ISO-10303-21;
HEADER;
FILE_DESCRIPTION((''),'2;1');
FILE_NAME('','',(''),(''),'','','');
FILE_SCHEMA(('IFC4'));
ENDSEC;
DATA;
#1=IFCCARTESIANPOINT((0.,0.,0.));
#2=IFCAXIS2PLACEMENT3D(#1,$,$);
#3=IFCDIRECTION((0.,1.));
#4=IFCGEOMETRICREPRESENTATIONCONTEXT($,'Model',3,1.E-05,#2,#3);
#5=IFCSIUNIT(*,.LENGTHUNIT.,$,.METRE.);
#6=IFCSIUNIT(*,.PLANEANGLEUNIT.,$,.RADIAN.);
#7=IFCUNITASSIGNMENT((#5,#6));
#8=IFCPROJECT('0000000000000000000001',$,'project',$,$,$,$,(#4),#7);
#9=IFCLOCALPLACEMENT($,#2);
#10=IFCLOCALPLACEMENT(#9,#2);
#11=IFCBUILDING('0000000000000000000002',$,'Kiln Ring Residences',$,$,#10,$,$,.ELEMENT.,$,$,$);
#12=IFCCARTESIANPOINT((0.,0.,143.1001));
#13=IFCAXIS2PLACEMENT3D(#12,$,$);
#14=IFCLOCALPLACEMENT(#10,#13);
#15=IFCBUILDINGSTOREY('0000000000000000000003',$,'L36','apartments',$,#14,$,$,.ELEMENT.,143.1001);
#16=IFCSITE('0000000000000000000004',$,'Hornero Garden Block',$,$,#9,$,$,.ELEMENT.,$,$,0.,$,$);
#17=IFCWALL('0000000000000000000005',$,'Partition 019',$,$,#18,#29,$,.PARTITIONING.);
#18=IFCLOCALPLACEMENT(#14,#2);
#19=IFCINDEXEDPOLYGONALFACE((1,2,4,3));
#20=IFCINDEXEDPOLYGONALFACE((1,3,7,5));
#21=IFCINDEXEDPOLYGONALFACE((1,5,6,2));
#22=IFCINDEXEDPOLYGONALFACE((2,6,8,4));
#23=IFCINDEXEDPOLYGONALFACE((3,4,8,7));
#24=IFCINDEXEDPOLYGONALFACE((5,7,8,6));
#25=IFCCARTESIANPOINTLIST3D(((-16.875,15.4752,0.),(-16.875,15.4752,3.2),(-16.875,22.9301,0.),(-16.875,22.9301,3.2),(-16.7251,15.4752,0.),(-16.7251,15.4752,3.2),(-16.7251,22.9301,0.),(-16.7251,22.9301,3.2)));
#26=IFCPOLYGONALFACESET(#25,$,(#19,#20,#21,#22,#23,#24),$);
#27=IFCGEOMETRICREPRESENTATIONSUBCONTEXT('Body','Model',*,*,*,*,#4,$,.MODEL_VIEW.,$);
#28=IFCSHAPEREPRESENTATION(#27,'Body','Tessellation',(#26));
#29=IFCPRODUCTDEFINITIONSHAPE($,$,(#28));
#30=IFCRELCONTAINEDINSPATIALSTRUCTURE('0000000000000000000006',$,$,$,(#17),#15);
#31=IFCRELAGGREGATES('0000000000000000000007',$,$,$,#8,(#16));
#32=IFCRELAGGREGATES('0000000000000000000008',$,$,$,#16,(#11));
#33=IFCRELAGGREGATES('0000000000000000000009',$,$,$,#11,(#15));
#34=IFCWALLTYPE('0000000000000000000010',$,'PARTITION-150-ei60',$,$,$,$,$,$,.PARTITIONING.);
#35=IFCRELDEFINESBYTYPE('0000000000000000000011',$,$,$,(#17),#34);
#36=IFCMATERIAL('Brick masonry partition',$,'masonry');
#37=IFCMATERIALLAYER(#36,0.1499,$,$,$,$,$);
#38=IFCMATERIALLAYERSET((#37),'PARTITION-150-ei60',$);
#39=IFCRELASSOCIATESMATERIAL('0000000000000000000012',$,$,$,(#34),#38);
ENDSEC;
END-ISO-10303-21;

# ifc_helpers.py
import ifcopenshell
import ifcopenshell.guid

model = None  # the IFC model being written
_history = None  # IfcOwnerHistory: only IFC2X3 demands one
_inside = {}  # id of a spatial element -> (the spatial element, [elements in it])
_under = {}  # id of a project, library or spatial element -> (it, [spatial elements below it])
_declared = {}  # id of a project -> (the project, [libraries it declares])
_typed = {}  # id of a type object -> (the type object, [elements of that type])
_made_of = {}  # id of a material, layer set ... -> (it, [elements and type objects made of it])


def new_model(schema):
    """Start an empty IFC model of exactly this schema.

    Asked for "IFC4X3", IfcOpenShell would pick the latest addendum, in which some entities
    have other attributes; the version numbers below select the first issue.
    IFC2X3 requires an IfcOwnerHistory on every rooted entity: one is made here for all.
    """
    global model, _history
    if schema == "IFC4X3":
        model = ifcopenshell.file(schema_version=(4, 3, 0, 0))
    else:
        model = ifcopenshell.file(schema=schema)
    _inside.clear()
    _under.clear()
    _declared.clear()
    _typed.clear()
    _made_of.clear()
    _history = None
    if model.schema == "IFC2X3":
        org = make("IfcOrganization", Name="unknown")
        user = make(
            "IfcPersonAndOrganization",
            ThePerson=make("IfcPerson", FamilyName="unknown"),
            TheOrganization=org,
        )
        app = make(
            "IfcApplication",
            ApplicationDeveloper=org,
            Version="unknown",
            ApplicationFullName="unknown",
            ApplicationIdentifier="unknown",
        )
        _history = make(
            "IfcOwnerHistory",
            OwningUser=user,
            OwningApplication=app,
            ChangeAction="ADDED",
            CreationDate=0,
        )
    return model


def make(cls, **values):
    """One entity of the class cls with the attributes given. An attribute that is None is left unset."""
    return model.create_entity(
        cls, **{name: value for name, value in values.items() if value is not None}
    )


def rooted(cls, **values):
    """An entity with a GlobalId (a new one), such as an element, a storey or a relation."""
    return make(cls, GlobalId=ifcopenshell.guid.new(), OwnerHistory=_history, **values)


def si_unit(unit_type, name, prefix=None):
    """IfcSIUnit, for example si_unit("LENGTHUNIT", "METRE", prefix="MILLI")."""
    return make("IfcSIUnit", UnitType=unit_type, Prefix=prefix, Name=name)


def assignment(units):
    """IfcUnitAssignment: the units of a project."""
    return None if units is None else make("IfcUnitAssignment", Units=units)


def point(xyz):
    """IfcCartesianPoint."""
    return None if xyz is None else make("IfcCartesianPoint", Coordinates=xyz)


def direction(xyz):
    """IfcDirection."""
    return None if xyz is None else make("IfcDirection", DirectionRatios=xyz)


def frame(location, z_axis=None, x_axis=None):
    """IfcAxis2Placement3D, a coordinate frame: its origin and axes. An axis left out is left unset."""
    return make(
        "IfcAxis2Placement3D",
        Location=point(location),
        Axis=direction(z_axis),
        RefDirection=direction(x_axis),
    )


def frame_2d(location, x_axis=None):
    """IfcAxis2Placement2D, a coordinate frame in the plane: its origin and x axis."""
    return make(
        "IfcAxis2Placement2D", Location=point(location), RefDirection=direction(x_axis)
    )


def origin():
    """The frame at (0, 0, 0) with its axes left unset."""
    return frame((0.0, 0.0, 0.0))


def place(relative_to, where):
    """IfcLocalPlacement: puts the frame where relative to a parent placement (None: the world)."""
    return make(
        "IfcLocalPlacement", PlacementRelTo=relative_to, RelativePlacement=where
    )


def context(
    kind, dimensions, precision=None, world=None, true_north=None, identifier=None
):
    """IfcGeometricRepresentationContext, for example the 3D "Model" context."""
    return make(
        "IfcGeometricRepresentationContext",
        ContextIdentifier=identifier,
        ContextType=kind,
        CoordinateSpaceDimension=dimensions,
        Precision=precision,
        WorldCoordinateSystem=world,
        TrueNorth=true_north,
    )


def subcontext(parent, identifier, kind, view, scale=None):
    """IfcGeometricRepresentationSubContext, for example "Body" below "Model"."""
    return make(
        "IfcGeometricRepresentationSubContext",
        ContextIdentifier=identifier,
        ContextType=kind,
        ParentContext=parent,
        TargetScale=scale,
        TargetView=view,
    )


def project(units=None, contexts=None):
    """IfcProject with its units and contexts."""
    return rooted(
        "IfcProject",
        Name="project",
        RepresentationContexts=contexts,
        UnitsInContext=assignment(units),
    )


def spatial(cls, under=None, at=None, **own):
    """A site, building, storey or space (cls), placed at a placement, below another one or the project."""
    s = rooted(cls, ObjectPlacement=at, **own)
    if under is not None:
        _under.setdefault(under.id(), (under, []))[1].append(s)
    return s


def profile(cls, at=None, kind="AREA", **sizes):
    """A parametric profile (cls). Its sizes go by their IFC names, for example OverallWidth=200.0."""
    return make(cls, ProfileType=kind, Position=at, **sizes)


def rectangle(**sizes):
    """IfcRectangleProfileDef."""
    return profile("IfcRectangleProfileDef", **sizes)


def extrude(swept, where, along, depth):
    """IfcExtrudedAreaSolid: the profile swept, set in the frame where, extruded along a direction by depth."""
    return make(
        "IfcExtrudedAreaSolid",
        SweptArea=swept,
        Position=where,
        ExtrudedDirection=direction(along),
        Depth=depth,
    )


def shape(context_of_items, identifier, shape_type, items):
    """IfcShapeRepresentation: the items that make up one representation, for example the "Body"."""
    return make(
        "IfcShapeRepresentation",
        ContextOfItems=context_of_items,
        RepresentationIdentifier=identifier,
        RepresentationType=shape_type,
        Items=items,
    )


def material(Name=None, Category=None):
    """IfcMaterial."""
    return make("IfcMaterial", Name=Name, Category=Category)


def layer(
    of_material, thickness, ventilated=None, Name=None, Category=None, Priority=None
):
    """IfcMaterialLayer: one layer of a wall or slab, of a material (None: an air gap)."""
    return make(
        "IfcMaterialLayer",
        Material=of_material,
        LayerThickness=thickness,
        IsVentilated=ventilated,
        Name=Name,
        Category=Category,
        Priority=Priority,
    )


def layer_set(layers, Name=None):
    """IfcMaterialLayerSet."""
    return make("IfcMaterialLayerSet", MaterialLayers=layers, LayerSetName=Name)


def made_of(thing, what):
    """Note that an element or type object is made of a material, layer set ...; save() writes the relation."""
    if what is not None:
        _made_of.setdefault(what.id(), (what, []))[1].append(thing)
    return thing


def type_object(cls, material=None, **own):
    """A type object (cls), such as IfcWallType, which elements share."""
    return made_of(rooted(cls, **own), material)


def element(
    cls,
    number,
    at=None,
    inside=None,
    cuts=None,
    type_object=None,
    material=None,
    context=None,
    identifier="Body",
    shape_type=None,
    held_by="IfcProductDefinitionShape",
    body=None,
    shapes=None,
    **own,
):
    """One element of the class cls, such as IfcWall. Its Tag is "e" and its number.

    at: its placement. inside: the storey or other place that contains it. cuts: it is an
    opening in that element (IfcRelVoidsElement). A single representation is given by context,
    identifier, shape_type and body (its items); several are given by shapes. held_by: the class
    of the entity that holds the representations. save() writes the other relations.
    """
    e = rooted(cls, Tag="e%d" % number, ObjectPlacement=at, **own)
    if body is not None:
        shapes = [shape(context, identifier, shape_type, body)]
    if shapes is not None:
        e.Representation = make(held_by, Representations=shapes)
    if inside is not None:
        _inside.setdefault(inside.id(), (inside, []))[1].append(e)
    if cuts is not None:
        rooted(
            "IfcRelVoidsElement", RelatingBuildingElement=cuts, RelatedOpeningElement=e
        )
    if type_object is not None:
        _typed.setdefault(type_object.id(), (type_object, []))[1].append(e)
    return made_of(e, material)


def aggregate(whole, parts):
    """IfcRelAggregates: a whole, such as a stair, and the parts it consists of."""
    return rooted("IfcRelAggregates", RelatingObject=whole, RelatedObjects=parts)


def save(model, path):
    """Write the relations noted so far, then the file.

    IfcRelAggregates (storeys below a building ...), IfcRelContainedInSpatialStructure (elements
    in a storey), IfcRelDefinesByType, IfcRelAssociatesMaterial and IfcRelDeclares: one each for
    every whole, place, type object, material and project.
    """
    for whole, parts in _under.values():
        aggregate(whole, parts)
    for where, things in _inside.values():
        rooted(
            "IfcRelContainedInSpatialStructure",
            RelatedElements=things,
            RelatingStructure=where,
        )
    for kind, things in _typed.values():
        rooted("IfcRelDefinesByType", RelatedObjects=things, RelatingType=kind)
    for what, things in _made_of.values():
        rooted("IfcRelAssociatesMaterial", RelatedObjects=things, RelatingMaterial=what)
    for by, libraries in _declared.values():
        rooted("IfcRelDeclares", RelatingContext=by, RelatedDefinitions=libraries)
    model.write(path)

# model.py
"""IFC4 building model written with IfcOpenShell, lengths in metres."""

from ifc_helpers import new_model, si_unit, direction, frame, frame_2d, origin, place, context, subcontext, project, spatial, rectangle, extrude, material, layer, layer_set, type_object, element, save


model = new_model("IFC4")

# Units and contexts
model_context = context("Model", 3, precision=1e-05, world=origin(), true_north=direction((0.0, 1.0)))
body_context = subcontext(model_context, "Body", "Model", "MODEL_VIEW")
ifc_project = project(units=[si_unit("LENGTHUNIT", "METRE"), si_unit("PLANEANGLEUNIT", "RADIAN")], contexts=[model_context])

# Site, building, storey
site_placement = place(None, origin())
site = spatial("IfcSite", under=ifc_project, at=site_placement, Name="Hornero Garden Block", CompositionType="ELEMENT", RefElevation=0.0)
building_placement = place(site_placement, origin())
building = spatial("IfcBuilding", under=site, at=building_placement, Name="Kiln Ring Residences", CompositionType="ELEMENT")
storey_placement = place(building_placement, frame((0.0, 0.0, 143.1001)))
storey = spatial("IfcBuildingStorey", under=building, at=storey_placement, Name="L36", Description="apartments", CompositionType="ELEMENT", Elevation=143.1001)

# Wall
ifc_material_1 = material(Name="Brick masonry partition", Category="masonry")
ifc_layer_1 = layer(ifc_material_1, 0.1499)
ifc_layer_set_1 = layer_set([ifc_layer_1], Name="PARTITION-150-ei60")
wall_type_1 = type_object("IfcWallType", Name="PARTITION-150-ei60", PredefinedType="PARTITIONING", material=ifc_layer_set_1)
wall_1_placement = place(storey_placement, frame((-16.8, 15.4751, 0.0), z_axis=(0.0, 0.0, 1.0), x_axis=(0.0, 1.0, 0.0)))
element("IfcWall", 1, at=wall_1_placement, inside=storey, type_object=wall_type_1, Name="Partition 019", PredefinedType="PARTITIONING", context=body_context, shape_type="SweptSolid", body=[
    extrude(rectangle(XDim=7.4548, YDim=0.1499, at=frame_2d((3.7275, 0.0))), origin(), (0.0, 0.0, 1.0), 3.2),
])

save(model, "model.ifc")
